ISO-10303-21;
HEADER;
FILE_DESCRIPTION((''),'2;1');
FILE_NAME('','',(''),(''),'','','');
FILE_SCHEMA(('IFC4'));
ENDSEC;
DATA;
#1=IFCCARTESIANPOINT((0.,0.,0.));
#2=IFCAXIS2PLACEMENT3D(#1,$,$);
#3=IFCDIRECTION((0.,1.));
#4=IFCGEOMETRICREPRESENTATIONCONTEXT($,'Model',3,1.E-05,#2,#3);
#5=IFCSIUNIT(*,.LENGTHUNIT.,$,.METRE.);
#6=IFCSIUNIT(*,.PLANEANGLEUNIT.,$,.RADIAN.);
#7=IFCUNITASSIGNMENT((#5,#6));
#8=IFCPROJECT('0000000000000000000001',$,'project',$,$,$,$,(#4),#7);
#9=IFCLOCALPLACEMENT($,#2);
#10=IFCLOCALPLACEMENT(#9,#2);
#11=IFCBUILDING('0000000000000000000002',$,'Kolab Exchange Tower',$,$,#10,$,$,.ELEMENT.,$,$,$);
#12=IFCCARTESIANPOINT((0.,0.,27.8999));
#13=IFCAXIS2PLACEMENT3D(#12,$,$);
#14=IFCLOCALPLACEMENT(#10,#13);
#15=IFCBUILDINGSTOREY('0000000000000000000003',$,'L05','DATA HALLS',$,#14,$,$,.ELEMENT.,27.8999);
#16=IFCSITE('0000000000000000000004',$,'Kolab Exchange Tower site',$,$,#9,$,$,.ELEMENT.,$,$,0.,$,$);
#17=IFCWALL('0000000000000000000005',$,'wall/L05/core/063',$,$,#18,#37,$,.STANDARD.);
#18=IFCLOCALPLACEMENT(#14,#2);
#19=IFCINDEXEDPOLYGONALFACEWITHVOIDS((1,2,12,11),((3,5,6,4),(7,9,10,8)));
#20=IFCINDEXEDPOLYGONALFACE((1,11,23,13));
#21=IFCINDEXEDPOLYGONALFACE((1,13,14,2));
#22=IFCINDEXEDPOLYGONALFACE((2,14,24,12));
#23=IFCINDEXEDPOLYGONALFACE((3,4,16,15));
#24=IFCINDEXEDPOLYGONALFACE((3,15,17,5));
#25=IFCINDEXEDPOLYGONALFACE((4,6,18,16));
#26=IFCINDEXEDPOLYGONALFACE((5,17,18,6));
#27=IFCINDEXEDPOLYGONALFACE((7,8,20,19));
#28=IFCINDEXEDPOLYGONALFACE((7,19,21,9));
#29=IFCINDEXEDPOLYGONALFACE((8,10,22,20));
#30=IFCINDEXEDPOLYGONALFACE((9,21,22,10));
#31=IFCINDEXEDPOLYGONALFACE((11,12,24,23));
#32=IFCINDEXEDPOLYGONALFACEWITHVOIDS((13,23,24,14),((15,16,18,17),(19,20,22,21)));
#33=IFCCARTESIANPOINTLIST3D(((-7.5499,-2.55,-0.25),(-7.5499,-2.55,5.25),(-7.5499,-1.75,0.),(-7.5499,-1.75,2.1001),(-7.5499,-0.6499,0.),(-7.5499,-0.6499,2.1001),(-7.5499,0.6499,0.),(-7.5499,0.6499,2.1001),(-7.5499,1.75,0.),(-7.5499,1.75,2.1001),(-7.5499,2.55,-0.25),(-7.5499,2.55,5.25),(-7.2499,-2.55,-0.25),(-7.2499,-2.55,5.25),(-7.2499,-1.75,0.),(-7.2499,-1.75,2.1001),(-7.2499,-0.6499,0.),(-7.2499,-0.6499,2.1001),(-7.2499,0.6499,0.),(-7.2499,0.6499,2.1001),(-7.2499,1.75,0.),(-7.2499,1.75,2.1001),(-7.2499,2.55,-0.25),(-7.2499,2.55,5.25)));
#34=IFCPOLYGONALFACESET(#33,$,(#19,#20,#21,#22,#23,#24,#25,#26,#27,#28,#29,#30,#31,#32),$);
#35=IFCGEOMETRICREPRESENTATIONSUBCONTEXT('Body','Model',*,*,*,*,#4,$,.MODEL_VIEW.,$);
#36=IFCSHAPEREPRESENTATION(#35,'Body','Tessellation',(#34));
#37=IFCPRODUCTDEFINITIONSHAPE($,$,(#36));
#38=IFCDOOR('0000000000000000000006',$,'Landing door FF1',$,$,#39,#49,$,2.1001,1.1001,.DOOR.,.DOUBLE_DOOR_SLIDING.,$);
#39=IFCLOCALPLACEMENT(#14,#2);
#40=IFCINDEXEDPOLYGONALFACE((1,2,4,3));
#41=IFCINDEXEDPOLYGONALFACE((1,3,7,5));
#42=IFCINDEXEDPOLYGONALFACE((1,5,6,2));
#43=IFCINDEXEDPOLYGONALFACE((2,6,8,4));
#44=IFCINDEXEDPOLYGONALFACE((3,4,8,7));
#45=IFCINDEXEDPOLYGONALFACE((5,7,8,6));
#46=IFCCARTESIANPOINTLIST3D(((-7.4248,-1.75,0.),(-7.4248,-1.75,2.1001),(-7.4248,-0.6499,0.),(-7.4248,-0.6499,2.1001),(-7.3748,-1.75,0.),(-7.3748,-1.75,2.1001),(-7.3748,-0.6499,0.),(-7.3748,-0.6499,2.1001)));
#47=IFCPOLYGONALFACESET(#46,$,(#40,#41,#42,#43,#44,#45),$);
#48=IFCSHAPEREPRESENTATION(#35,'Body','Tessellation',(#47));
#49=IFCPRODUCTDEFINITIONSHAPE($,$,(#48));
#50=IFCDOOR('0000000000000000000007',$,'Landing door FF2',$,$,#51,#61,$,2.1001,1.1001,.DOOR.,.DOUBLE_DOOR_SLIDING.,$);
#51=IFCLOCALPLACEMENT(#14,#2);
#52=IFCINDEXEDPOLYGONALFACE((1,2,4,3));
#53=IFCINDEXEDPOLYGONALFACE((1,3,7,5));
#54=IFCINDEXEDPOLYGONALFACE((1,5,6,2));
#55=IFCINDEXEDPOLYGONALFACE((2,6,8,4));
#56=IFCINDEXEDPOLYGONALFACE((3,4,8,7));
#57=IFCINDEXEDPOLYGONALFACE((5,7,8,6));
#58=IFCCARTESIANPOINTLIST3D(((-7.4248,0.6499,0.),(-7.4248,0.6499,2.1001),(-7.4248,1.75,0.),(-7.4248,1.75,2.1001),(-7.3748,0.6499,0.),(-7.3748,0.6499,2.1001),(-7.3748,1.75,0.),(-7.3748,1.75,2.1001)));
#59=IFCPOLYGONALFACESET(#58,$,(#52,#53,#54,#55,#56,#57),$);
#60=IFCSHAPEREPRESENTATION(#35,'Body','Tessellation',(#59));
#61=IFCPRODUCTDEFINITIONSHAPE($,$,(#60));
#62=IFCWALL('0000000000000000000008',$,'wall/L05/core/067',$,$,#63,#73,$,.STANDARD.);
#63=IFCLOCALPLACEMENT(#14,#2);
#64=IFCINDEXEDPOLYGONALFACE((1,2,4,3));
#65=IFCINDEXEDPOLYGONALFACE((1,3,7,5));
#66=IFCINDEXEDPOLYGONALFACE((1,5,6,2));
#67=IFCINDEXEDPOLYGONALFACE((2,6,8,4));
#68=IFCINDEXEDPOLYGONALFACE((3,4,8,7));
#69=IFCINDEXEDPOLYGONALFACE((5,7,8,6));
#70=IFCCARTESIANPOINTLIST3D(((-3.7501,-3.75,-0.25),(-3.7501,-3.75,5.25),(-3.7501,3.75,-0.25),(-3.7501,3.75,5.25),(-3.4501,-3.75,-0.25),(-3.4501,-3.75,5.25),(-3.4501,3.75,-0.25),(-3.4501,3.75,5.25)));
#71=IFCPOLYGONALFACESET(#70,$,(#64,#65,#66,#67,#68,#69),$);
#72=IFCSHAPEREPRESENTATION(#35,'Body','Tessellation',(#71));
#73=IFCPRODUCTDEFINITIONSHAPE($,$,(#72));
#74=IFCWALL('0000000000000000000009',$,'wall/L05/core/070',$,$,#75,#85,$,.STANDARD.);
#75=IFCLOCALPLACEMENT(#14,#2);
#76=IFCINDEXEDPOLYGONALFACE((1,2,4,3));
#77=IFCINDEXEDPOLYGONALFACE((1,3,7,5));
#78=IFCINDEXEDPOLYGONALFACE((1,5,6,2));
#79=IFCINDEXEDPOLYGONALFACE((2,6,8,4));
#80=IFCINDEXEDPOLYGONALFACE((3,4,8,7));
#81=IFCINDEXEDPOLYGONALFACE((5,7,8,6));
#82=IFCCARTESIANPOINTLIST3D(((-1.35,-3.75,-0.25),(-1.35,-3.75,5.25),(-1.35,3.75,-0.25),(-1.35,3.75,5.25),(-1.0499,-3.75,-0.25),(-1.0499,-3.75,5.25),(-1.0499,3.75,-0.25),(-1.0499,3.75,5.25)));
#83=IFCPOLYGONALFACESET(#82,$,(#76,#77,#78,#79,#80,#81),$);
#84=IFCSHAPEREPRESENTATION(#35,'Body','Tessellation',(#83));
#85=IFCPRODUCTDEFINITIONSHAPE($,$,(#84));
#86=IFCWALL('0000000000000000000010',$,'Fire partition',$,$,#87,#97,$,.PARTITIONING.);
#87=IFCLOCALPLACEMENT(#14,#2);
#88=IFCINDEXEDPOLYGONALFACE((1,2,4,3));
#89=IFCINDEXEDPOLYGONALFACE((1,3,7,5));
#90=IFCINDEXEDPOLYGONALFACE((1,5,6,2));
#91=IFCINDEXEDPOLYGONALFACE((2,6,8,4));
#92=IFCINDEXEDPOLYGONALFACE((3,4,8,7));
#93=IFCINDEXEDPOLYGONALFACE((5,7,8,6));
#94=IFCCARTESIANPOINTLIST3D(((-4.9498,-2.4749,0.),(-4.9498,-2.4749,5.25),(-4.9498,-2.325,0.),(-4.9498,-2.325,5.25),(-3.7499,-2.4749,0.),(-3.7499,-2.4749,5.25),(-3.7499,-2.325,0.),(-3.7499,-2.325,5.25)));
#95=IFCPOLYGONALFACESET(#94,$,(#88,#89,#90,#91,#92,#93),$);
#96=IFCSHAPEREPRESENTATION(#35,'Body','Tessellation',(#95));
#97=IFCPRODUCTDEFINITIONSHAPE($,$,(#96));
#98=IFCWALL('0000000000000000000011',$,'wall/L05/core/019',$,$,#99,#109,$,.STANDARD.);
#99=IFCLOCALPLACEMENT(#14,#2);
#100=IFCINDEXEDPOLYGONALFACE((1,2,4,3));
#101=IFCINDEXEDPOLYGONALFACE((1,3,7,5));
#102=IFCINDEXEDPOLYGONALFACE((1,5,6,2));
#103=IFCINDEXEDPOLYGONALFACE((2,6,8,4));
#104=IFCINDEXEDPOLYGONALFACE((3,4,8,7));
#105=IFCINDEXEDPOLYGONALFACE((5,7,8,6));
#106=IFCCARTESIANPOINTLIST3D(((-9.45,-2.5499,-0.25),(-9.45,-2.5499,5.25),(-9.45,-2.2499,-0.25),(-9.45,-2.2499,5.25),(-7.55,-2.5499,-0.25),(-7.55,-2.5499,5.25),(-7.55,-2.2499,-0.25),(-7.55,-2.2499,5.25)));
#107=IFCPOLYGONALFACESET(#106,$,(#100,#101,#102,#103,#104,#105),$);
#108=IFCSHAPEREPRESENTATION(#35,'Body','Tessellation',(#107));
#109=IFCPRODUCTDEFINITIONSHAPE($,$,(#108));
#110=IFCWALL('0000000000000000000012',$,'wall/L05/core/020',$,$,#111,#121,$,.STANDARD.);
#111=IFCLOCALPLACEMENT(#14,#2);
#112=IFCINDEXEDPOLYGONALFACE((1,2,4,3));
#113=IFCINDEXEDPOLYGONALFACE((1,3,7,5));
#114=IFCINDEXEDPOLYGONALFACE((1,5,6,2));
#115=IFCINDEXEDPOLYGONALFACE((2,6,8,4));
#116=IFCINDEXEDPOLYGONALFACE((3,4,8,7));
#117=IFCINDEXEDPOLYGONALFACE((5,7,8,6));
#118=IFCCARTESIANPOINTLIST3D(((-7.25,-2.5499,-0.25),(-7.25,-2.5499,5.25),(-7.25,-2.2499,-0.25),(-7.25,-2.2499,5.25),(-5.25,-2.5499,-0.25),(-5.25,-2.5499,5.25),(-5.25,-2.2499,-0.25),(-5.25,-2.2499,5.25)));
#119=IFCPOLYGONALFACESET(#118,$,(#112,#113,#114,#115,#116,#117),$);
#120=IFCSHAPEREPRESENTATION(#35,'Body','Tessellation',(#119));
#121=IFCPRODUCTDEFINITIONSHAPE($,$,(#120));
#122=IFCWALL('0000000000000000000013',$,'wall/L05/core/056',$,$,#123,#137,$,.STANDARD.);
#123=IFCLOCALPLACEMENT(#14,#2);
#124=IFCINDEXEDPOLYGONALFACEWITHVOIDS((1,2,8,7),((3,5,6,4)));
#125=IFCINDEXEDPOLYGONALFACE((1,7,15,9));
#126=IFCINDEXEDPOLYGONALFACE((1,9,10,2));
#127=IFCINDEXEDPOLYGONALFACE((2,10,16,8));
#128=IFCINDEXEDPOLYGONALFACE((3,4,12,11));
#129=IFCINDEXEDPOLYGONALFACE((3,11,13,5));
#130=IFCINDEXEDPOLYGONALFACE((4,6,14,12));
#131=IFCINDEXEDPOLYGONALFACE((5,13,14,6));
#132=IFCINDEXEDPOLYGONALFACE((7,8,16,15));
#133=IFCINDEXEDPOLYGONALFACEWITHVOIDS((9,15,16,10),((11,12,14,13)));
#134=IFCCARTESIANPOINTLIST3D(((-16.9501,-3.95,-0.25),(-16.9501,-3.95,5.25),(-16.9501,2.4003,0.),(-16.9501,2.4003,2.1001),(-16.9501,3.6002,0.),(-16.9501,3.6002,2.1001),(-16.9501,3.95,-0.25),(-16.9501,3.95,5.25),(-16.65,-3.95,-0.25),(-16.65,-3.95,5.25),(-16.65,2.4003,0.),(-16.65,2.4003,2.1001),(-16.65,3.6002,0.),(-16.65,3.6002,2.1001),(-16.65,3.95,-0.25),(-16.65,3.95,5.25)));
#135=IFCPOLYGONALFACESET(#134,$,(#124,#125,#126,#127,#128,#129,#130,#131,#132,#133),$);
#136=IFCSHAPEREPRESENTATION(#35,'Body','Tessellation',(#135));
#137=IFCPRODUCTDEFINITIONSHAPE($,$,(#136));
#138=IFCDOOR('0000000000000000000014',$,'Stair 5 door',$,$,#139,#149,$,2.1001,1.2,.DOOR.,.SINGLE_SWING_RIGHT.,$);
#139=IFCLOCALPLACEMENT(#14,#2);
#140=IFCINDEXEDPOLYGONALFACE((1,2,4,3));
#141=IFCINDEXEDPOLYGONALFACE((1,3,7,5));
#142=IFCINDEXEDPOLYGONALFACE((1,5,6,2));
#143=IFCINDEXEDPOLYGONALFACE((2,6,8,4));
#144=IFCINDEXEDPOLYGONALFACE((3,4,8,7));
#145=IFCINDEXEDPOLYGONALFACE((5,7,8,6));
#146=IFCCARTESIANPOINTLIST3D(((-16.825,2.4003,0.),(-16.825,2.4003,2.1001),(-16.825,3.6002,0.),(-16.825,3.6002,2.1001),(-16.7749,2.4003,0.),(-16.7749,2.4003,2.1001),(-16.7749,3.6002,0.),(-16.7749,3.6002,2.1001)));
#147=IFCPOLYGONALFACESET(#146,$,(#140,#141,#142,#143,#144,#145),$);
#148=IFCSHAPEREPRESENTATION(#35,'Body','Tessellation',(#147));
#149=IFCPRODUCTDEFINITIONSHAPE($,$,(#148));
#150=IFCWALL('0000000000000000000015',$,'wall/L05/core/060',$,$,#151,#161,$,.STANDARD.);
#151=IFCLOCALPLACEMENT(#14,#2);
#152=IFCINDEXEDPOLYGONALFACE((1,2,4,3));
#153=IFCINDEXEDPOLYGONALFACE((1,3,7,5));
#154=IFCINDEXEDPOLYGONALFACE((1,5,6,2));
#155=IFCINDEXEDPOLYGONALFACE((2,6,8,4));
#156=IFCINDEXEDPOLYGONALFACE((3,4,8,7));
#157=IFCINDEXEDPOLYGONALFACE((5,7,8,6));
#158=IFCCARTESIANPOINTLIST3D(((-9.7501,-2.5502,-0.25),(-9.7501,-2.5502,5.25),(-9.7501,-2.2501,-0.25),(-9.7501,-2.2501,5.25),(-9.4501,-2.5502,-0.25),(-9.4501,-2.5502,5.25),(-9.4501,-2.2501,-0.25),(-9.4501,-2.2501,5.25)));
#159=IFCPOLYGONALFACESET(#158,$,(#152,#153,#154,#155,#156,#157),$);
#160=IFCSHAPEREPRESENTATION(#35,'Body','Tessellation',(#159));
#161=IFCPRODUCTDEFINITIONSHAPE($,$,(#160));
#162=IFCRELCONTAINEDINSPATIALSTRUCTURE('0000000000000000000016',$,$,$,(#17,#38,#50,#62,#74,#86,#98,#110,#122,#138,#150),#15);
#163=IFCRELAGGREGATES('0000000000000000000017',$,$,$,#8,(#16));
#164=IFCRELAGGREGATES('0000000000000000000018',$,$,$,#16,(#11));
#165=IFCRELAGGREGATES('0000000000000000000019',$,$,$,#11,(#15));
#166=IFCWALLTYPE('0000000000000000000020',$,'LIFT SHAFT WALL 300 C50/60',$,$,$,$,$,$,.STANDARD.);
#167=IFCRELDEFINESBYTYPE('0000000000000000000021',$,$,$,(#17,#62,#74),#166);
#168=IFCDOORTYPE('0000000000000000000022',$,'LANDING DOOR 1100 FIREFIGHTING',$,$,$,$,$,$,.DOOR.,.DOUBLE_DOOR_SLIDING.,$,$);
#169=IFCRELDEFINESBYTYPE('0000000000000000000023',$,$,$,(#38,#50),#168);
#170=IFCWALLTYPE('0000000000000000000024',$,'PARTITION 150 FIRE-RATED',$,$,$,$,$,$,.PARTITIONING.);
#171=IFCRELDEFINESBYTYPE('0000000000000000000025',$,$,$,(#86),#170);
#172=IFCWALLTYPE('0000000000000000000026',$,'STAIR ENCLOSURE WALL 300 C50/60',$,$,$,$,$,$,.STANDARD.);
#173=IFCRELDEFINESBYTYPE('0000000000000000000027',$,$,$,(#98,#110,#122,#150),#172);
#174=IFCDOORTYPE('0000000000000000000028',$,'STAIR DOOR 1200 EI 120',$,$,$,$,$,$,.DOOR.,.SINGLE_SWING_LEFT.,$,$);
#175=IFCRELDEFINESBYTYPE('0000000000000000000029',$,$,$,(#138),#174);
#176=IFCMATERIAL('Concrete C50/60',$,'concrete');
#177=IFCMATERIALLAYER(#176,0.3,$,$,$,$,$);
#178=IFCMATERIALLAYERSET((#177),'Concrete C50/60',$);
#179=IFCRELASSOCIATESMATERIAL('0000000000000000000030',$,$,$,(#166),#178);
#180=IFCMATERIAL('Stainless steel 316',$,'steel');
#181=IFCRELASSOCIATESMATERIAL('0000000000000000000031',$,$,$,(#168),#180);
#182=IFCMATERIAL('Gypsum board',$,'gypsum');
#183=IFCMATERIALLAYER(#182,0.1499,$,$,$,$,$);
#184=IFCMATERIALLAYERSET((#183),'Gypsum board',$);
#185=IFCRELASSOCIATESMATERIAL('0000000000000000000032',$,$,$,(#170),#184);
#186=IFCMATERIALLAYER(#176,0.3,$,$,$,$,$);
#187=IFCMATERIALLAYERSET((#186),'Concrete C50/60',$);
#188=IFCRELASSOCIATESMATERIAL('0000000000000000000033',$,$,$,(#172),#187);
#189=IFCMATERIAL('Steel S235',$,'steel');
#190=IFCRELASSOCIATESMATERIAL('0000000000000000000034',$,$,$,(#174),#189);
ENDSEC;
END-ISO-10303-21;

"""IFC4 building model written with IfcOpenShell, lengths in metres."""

from ifc_helpers import new_model, si_unit, direction, frame, frame_2d, origin, place, context, subcontext, project, spatial, rectangle, extrude, material, layer, layer_set, type_object, element, fill, save


model = new_model("IFC4")

# Units and contexts
model_context = context("Model", 3, precision=1e-05, world=origin(), true_north=direction((0.0, 1.0)))
body_context = subcontext(model_context, "Body", "Model", "MODEL_VIEW")
ifc_project = project(units=[si_unit("LENGTHUNIT", "METRE"), si_unit("PLANEANGLEUNIT", "RADIAN")], contexts=[model_context])

# Site, building, storey
site_placement = place(None, origin())
site = spatial("IfcSite", under=ifc_project, at=site_placement, Name="Kolab Exchange Tower site", CompositionType="ELEMENT", RefElevation=0.0)
building_placement = place(site_placement, origin())
building = spatial("IfcBuilding", under=site, at=building_placement, Name="Kolab Exchange Tower", CompositionType="ELEMENT")
storey_placement = place(building_placement, frame((0.0, 0.0, 27.8999)))
storey = spatial("IfcBuildingStorey", under=building, at=storey_placement, Name="L05", Description="DATA HALLS", CompositionType="ELEMENT", Elevation=27.8999)

# Shared definitions
ifc_material_1 = material(Name="Concrete C50/60", Category="concrete")
ifc_layer_1 = layer(ifc_material_1, 0.3)
ifc_layer_set_1 = layer_set([ifc_layer_1], Name="Concrete C50/60")
wall_type_1 = type_object("IfcWallType", Name="LIFT SHAFT WALL 300 C50/60", PredefinedType="STANDARD", material=ifc_layer_set_1)

# Shared definitions
ifc_material_2 = material(Name="Steel S235", Category="steel")

# Wall, openings, doors
wall_1_placement = place(storey_placement, frame((-7.3999, -2.55, -0.25), z_axis=(0.0, 0.0, 1.0), x_axis=(0.0, 1.0, 0.0)))
wall_1 = element("IfcWall", 1, at=wall_1_placement, inside=storey, type_object=wall_type_1, Name="wall/L05/core/063", PredefinedType="STANDARD", context=body_context, shape_type="SweptSolid", body=[
    extrude(rectangle(XDim=5.1001, YDim=0.3, at=frame_2d((2.55, 0.0))), origin(), (0.0, 0.0, 1.0), 5.5),
])
opening_1_placement = place(wall_1_placement, frame((0.8, 0.0, 0.25)))
opening_1 = element("IfcOpeningElement", 2, at=opening_1_placement, cuts=wall_1, PredefinedType="OPENING", context=body_context, shape_type="SweptSolid", body=[
    extrude(rectangle(XDim=1.1001, YDim=2.1001, at=frame_2d((0.55, 1.05))), frame((0.0, 0.1602, 0.0), z_axis=(0.0, -1.0, 0.0), x_axis=(1.0, 0.0, 0.0)), (0.0, 0.0, 1.0), 0.3201),
])
opening_2_placement = place(wall_1_placement, frame((3.2, 0.0, 0.25)))
opening_2 = element("IfcOpeningElement", 3, at=opening_2_placement, cuts=wall_1, PredefinedType="OPENING", context=body_context, shape_type="SweptSolid", body=[
    extrude(rectangle(XDim=1.1001, YDim=2.1001, at=frame_2d((0.55, 1.05))), frame((0.0, 0.1602, 0.0), z_axis=(0.0, -1.0, 0.0), x_axis=(1.0, 0.0, 0.0)), (0.0, 0.0, 1.0), 0.3201),
])
ifc_material_3 = material(Name="Stainless steel 316", Category="steel")
door_type_1 = type_object("IfcDoorType", Name="LANDING DOOR 1100 FIREFIGHTING", OperationType="DOUBLE_DOOR_SLIDING", PredefinedType="DOOR", material=ifc_material_3)
door_1_placement = place(opening_1_placement, origin())
door_1 = element("IfcDoor", 4, at=door_1_placement, inside=storey, type_object=door_type_1, Name="Landing door FF1", OperationType="DOUBLE_DOOR_SLIDING", OverallHeight=2.1001, OverallWidth=1.1001, PredefinedType="DOOR", context=body_context, shape_type="SweptSolid", body=[
    extrude(rectangle(XDim=1.1001, YDim=2.1001, at=frame_2d((0.55, 1.05))), frame((0.0, 0.0249, 0.0), z_axis=(0.0, -1.0, 0.0), x_axis=(1.0, 0.0, 0.0)), (0.0, 0.0, 1.0), 0.05),
])
fill(opening_1, door_1)
door_2_placement = place(opening_2_placement, origin())
door_2 = element("IfcDoor", 5, at=door_2_placement, inside=storey, type_object=door_type_1, Name="Landing door FF2", OperationType="DOUBLE_DOOR_SLIDING", OverallHeight=2.1001, OverallWidth=1.1001, PredefinedType="DOOR", context=body_context, shape_type="SweptSolid", body=[
    extrude(rectangle(XDim=1.1001, YDim=2.1001, at=frame_2d((0.55, 1.05))), frame((0.0, 0.0249, 0.0), z_axis=(0.0, -1.0, 0.0), x_axis=(1.0, 0.0, 0.0)), (0.0, 0.0, 1.0), 0.05),
])
fill(opening_2, door_2)

# Walls
for number, where, z_axis, x_axis, name in (
    (6, (-3.6001, -3.75, -0.25), (0.0, 0.0, 1.0), (0.0, 1.0, 0.0), "wall/L05/core/067"),
    (7, (-1.2, -3.75, -0.25), (0.0, 0.0, 1.0), (0.0, 1.0, 0.0), "wall/L05/core/070"),
):
    element("IfcWall", number, at=place(storey_placement, frame(where, z_axis=z_axis, x_axis=x_axis)), inside=storey, type_object=wall_type_1, Name=name, PredefinedType="STANDARD", context=body_context, shape_type="SweptSolid", body=[
        extrude(rectangle(XDim=7.5, YDim=0.3, at=frame_2d((3.75, 0.0))), origin(), (0.0, 0.0, 1.0), 5.5),
    ])
ifc_material_4 = material(Name="Gypsum board", Category="gypsum")
ifc_layer_2 = layer(ifc_material_4, 0.1499)
ifc_layer_set_2 = layer_set([ifc_layer_2], Name="Gypsum board")
wall_type_2 = type_object("IfcWallType", Name="PARTITION 150 FIRE-RATED", PredefinedType="PARTITIONING", material=ifc_layer_set_2)
wall_2_placement = place(storey_placement, frame((-4.95, -2.3999, 0.0), z_axis=(0.0, 0.0, 1.0), x_axis=(1.0, 0.0, 0.0)))
element("IfcWall", 8, at=wall_2_placement, inside=storey, type_object=wall_type_2, Name="Fire partition", PredefinedType="PARTITIONING", context=body_context, shape_type="SweptSolid", body=[
    extrude(rectangle(XDim=1.2, YDim=0.1499, at=frame_2d((0.6001, 0.0))), origin(), (0.0, 0.0, 1.0), 5.25),
])
ifc_layer_3 = layer(ifc_material_1, 0.3)
ifc_layer_set_3 = layer_set([ifc_layer_3], Name="Concrete C50/60")
wall_type_3 = type_object("IfcWallType", Name="STAIR ENCLOSURE WALL 300 C50/60", PredefinedType="STANDARD", material=ifc_layer_set_3)
wall_3_placement = place(storey_placement, frame((-9.45, -2.3999, -0.25), z_axis=(0.0, 0.0, 1.0), x_axis=(1.0, 0.0, 0.0)))
element("IfcWall", 9, at=wall_3_placement, inside=storey, type_object=wall_type_3, Name="wall/L05/core/019", PredefinedType="STANDARD", context=body_context, shape_type="SweptSolid", body=[
    extrude(rectangle(XDim=1.8999, YDim=0.3, at=frame_2d((0.95, 0.0))), origin(), (0.0, 0.0, 1.0), 5.5),
])
wall_4_placement = place(storey_placement, frame((-7.25, -2.3999, -0.25), z_axis=(0.0, 0.0, 1.0), x_axis=(1.0, 0.0, 0.0)))
element("IfcWall", 10, at=wall_4_placement, inside=storey, type_object=wall_type_3, Name="wall/L05/core/020", PredefinedType="STANDARD", context=body_context, shape_type="SweptSolid", body=[
    extrude(rectangle(XDim=2.0, YDim=0.3, at=frame_2d((1.0, 0.0))), origin(), (0.0, 0.0, 1.0), 5.5),
])

# Wall, opening, door
wall_5_placement = place(storey_placement, frame((-16.8, -3.95, -0.25), z_axis=(0.0, 0.0, 1.0), x_axis=(0.0, 1.0, 0.0)))
wall_5 = element("IfcWall", 11, at=wall_5_placement, inside=storey, type_object=wall_type_3, Name="wall/L05/core/056", PredefinedType="STANDARD", context=body_context, shape_type="SweptSolid", body=[
    extrude(rectangle(XDim=7.8999, YDim=0.3, at=frame_2d((3.95, 0.0))), origin(), (0.0, 0.0, 1.0), 5.5),
])
opening_3_placement = place(wall_5_placement, frame((6.3501, 0.0, 0.25)))
opening_3 = element("IfcOpeningElement", 12, at=opening_3_placement, cuts=wall_5, PredefinedType="OPENING", context=body_context, shape_type="SweptSolid", body=[
    extrude(rectangle(XDim=1.2, YDim=2.1001, at=frame_2d((0.6001, 1.05))), frame((0.0, 0.1602, 0.0), z_axis=(0.0, -1.0, 0.0), x_axis=(1.0, 0.0, 0.0)), (0.0, 0.0, 1.0), 0.3201),
])
door_type_2 = type_object("IfcDoorType", Name="STAIR DOOR 1200 EI 120", OperationType="SINGLE_SWING_LEFT", PredefinedType="DOOR", material=ifc_material_2)
door_3_placement = place(opening_3_placement, origin())
door_3 = element("IfcDoor", 13, at=door_3_placement, inside=storey, type_object=door_type_2, Name="Stair 5 door", OperationType="SINGLE_SWING_RIGHT", OverallHeight=2.1001, OverallWidth=1.2, PredefinedType="DOOR", context=body_context, shape_type="SweptSolid", body=[
    extrude(rectangle(XDim=1.2, YDim=2.1001, at=frame_2d((0.6001, 1.05))), frame((0.0, 0.0249, 0.0), z_axis=(0.0, -1.0, 0.0), x_axis=(1.0, 0.0, 0.0)), (0.0, 0.0, 1.0), 0.05),
])
fill(opening_3, door_3)

# Wall
wall_6_placement = place(storey_placement, frame((-9.6001, -2.55, -0.25), z_axis=(0.0, 0.0, 1.0), x_axis=(0.0, 1.0, 0.0)))
element("IfcWall", 14, at=wall_6_placement, inside=storey, type_object=wall_type_3, Name="wall/L05/core/060", PredefinedType="STANDARD", context=body_context, shape_type="SweptSolid", body=[
    extrude(rectangle(XDim=0.3, YDim=0.3, at=frame_2d((0.1499, 0.0))), origin(), (0.0, 0.0, 1.0), 5.5),
])

save(model, "model.ifc")
